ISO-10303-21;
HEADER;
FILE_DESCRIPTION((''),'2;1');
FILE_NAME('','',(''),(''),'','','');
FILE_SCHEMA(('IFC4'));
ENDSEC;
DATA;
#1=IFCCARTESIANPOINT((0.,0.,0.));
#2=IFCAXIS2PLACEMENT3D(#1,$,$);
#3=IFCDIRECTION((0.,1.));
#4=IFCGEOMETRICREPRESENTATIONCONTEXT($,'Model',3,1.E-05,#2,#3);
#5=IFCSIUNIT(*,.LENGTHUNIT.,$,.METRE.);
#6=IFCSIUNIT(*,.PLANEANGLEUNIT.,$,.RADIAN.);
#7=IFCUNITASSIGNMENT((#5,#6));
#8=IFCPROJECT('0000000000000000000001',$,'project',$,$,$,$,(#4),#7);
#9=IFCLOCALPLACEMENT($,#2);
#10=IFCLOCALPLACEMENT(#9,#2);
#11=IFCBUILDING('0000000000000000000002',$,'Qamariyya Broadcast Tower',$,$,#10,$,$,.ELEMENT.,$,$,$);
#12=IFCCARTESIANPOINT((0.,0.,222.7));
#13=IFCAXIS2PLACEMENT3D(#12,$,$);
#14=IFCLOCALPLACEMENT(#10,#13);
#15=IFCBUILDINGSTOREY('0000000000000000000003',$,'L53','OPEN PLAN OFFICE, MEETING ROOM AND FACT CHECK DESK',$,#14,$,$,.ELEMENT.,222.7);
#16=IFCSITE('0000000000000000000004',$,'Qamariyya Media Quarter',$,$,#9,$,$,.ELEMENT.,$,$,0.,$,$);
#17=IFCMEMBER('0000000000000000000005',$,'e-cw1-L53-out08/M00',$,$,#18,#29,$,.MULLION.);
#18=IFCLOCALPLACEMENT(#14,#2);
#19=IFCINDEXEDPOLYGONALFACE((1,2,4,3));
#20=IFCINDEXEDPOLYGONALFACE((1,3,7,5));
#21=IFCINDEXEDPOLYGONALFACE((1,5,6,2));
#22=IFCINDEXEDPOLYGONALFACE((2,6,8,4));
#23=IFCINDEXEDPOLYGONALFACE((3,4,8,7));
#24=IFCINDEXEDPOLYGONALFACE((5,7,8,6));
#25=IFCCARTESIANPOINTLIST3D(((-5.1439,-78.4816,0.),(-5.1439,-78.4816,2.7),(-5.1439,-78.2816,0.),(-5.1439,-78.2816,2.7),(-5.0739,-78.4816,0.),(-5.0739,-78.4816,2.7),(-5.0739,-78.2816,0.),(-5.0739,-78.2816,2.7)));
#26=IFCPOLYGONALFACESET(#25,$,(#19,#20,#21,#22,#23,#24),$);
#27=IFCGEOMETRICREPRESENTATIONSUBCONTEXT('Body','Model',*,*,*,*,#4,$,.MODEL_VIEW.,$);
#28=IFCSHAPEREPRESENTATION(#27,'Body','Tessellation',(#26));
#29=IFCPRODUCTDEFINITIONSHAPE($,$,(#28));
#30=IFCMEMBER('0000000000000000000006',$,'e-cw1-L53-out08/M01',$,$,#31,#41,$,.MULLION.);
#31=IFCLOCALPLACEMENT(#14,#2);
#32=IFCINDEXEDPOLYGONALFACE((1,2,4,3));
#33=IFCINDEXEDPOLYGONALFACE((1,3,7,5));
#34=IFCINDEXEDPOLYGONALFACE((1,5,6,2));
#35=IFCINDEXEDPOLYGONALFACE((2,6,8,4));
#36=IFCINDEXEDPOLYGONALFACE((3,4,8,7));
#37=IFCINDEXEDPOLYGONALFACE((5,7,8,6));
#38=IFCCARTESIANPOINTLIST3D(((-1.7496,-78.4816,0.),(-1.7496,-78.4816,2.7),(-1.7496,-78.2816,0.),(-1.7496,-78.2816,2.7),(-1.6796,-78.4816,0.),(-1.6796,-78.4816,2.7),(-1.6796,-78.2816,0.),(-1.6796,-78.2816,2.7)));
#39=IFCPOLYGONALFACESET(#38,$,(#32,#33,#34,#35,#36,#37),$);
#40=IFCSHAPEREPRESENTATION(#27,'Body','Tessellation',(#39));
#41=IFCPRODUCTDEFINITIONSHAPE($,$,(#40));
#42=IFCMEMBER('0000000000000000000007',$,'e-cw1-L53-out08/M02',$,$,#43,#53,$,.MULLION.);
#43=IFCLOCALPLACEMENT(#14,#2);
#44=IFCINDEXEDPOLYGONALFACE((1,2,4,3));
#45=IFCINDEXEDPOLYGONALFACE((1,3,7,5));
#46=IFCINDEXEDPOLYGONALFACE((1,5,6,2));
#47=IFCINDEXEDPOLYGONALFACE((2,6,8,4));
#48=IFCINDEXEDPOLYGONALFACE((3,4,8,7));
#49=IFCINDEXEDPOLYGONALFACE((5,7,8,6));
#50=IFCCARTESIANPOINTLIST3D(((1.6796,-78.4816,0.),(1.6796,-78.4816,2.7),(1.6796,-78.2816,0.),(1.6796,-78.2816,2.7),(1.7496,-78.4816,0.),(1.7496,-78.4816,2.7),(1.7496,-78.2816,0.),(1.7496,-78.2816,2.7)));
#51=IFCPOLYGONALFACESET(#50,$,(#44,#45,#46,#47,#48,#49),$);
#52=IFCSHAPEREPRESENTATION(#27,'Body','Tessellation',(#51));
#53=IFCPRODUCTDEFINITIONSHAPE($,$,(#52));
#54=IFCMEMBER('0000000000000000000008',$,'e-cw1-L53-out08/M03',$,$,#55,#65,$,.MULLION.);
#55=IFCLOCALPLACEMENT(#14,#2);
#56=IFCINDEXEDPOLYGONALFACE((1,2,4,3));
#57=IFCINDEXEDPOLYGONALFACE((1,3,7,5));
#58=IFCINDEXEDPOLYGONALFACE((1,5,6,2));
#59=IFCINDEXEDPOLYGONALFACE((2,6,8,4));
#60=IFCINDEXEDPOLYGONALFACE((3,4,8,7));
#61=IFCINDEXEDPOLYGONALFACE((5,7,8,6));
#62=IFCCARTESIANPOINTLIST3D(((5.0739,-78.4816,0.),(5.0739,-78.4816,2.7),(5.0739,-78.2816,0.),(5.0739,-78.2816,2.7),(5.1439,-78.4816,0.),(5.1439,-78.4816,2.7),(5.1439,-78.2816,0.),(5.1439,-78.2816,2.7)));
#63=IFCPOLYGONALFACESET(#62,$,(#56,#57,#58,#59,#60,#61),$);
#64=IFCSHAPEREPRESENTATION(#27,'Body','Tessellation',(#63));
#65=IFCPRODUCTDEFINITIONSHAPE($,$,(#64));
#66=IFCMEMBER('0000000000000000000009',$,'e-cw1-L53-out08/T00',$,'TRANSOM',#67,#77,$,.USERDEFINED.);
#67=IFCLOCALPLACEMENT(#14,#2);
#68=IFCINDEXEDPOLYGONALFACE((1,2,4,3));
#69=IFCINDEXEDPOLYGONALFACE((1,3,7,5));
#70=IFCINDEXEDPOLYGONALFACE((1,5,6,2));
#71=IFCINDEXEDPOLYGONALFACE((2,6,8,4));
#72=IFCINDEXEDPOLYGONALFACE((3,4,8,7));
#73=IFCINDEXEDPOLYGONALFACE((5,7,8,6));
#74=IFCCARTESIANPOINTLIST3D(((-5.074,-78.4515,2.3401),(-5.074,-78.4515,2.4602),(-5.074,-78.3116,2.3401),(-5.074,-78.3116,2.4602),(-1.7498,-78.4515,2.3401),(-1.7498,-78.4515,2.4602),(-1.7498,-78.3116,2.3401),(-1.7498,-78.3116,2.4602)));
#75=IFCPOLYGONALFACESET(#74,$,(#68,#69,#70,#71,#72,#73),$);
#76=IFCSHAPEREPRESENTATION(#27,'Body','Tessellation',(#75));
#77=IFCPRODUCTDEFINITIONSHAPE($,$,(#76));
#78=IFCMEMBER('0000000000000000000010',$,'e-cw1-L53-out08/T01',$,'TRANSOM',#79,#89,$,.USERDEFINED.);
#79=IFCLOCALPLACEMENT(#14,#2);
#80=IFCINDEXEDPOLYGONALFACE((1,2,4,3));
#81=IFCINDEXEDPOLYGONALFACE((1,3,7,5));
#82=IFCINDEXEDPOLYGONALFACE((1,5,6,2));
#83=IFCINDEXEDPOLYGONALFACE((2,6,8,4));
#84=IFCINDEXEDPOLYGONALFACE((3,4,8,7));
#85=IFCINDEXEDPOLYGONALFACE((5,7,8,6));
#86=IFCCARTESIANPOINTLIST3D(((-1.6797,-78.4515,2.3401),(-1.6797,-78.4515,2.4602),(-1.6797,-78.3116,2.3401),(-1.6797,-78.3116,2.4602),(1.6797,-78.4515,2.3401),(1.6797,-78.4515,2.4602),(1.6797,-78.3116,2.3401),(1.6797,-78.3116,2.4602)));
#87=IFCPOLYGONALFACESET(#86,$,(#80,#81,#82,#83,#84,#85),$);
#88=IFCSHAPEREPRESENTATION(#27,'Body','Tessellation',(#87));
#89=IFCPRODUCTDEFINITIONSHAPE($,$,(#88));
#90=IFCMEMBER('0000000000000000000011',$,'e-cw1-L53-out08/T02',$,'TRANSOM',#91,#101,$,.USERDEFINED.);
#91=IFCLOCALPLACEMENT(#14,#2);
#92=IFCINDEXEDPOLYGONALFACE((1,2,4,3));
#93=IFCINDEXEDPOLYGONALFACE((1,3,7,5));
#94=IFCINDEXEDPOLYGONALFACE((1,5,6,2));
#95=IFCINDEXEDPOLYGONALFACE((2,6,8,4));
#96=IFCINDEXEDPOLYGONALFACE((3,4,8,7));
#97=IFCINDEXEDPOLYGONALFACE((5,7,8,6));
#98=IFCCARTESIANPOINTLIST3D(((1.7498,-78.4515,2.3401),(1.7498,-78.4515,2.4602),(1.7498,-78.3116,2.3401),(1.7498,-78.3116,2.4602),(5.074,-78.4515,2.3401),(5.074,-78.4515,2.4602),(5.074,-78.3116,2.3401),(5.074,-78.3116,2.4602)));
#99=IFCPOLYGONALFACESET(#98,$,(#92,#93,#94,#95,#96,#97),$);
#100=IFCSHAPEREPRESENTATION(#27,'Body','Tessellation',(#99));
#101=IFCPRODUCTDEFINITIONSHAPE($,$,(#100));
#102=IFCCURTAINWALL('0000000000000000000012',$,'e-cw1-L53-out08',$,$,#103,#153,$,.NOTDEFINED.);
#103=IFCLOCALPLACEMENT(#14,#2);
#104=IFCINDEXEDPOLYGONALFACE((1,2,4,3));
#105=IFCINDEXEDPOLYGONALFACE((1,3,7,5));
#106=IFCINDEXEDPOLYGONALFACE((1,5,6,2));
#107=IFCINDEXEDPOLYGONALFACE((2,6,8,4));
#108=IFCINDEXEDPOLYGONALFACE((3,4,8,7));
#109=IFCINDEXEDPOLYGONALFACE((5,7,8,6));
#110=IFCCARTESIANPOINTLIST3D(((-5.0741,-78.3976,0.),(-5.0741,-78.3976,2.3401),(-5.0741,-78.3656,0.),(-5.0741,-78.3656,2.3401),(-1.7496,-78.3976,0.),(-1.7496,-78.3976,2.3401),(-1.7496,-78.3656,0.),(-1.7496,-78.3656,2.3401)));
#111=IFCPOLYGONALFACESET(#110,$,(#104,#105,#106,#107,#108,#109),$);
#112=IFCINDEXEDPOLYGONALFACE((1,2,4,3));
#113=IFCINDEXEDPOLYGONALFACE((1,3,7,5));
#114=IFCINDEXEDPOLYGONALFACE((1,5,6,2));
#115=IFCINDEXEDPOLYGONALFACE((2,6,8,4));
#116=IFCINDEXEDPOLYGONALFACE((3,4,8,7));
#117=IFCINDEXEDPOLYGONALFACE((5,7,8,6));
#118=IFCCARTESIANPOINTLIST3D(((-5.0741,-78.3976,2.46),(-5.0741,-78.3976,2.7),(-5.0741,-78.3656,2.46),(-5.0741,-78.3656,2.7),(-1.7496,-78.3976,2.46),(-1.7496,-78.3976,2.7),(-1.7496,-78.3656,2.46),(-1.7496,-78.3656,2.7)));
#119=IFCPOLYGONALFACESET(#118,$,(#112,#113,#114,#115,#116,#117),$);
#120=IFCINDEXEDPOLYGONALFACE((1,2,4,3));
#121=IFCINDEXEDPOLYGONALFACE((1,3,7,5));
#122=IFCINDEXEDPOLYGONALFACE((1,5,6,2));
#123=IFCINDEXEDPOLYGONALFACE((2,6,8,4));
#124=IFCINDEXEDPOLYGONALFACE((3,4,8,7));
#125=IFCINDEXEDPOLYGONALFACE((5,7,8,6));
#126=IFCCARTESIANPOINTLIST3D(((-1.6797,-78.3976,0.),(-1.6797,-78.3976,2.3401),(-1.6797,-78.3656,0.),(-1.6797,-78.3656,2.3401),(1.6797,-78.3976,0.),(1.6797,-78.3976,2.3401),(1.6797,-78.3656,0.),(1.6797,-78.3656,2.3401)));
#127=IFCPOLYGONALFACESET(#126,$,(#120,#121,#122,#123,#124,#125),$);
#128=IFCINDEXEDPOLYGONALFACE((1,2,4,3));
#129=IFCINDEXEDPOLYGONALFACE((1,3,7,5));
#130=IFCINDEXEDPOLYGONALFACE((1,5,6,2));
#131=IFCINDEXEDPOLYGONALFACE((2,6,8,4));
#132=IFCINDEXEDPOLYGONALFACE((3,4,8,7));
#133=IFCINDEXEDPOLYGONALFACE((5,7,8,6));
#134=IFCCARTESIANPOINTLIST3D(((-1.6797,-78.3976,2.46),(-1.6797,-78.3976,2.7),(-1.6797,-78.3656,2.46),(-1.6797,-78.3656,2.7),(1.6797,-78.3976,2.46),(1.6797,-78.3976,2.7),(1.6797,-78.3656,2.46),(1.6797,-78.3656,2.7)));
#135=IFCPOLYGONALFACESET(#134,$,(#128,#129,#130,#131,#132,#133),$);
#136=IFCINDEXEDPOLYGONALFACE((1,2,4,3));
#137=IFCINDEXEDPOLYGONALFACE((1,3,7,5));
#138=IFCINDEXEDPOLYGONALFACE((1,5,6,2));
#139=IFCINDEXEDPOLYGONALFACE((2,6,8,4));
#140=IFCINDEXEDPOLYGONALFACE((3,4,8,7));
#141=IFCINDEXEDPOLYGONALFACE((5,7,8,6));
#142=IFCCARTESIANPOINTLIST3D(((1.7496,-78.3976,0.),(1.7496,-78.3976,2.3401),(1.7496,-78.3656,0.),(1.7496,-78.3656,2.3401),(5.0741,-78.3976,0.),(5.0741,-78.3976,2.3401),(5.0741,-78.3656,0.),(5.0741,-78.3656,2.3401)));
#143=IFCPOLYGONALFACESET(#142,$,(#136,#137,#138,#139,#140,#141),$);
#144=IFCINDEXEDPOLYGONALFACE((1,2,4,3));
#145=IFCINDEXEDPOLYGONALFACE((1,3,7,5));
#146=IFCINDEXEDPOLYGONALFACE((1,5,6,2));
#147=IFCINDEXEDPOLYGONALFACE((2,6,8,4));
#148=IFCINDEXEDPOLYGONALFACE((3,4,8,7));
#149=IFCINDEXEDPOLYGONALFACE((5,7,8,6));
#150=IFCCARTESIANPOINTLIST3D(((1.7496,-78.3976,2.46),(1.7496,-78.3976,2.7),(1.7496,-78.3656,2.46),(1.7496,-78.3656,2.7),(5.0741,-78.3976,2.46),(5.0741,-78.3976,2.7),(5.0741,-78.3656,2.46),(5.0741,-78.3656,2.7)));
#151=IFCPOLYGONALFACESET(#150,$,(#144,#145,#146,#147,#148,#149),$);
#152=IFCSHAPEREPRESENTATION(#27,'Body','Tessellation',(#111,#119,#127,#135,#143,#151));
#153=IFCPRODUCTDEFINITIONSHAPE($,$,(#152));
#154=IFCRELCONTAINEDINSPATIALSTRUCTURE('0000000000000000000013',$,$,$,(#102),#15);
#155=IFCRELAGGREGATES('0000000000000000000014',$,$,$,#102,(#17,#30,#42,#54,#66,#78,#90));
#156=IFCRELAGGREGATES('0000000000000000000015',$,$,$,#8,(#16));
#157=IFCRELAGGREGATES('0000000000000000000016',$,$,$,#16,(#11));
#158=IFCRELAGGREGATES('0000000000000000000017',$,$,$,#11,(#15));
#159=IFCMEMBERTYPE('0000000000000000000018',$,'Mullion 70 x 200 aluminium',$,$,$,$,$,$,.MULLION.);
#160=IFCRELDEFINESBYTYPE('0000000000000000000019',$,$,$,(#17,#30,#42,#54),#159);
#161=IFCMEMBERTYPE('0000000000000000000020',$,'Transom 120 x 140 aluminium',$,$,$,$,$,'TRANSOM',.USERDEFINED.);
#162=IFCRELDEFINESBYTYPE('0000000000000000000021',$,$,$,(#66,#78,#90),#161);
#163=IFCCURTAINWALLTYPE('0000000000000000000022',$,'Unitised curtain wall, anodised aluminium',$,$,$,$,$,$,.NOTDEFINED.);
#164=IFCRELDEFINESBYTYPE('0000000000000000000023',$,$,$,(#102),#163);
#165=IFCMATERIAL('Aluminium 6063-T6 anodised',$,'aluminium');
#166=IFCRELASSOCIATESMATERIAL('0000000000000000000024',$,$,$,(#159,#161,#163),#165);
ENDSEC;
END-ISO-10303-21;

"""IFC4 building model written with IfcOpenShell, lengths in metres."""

from ifc_helpers import new_model, si_unit, direction, frame, origin, origin_2d, place, context, subcontext, project, spatial, rectangle, extrude, material, material_profile, profile_set, type_object, element, aggregate, save


model = new_model("IFC4")

# Units and contexts
model_context = context("Model", 3, precision=1e-05, world=origin(), true_north=direction((0.0, 1.0)))
body_context = subcontext(model_context, "Body", "Model", "MODEL_VIEW")
ifc_project = project(units=[si_unit("LENGTHUNIT", "METRE"), si_unit("PLANEANGLEUNIT", "RADIAN")], contexts=[model_context])

# Members
ifc_material = material(Name="Aluminium 6063-T6 anodised", Category="aluminium")
ifc_material_profile_1 = material_profile(ifc_material, rectangle(XDim=0.2, YDim=0.0701, at=origin_2d()))
ifc_profile_set_1 = profile_set([ifc_material_profile_1], Name="Aluminium 6063-T6 anodised")
member_type_1 = type_object("IfcMemberType", Name="Mullion 70 x 200 aluminium", PredefinedType="MULLION", material=ifc_profile_set_1)
site_placement = place(None, origin())
building_placement = place(site_placement, origin())
storey_placement = place(building_placement, frame((0.0, 0.0, 222.7)))
member_1_placement = place(storey_placement, frame((-5.1089, -78.3816, 0.0), z_axis=(0.0, 0.0, 1.0), x_axis=(0.0, 1.0, 0.0)))
member_1 = element("IfcMember", 1, at=member_1_placement, type_object=member_type_1, Name="e-cw1-L53-out08/M00", PredefinedType="MULLION", context=body_context, shape_type="SweptSolid", body=[
    extrude(rectangle(XDim=0.2, YDim=0.0701, at=origin_2d()), origin(), (0.0, 0.0, 1.0), 2.7),
])
member_2_placement = place(storey_placement, frame((-1.7146, -78.3816, 0.0), z_axis=(0.0, 0.0, 1.0), x_axis=(0.0, 1.0, 0.0)))
member_2 = element("IfcMember", 2, at=member_2_placement, type_object=member_type_1, Name="e-cw1-L53-out08/M01", PredefinedType="MULLION", context=body_context, shape_type="SweptSolid", body=[
    extrude(rectangle(XDim=0.2, YDim=0.0701, at=origin_2d()), origin(), (0.0, 0.0, 1.0), 2.7),
])
member_3_placement = place(storey_placement, frame((1.7146, -78.3816, 0.0), z_axis=(0.0, 0.0, 1.0), x_axis=(0.0, 1.0, 0.0)))
member_3 = element("IfcMember", 3, at=member_3_placement, type_object=member_type_1, Name="e-cw1-L53-out08/M02", PredefinedType="MULLION", context=body_context, shape_type="SweptSolid", body=[
    extrude(rectangle(XDim=0.2, YDim=0.0701, at=origin_2d()), origin(), (0.0, 0.0, 1.0), 2.7),
])
member_4_placement = place(storey_placement, frame((5.1089, -78.3816, 0.0), z_axis=(0.0, 0.0, 1.0), x_axis=(0.0, 1.0, 0.0)))
member_4 = element("IfcMember", 4, at=member_4_placement, type_object=member_type_1, Name="e-cw1-L53-out08/M03", PredefinedType="MULLION", context=body_context, shape_type="SweptSolid", body=[
    extrude(rectangle(XDim=0.2, YDim=0.0701, at=origin_2d()), origin(), (0.0, 0.0, 1.0), 2.7),
])
ifc_material_profile_2 = material_profile(ifc_material, rectangle(XDim=0.1399, YDim=0.1201, at=origin_2d()))
ifc_profile_set_2 = profile_set([ifc_material_profile_2], Name="Aluminium 6063-T6 anodised")
member_type_2 = type_object("IfcMemberType", Name="Transom 120 x 140 aluminium", ElementType="TRANSOM", PredefinedType="USERDEFINED", material=ifc_profile_set_2)
member_5_placement = place(storey_placement, frame((-5.074, -78.3816, 2.4001), z_axis=(1.0, 0.0, 0.0), x_axis=(0.0, 1.0, 0.0)))
member_5 = element("IfcMember", 5, at=member_5_placement, type_object=member_type_2, Name="e-cw1-L53-out08/T00", ObjectType="TRANSOM", PredefinedType="USERDEFINED", context=body_context, shape_type="SweptSolid", body=[
    extrude(rectangle(XDim=0.1399, YDim=0.1201, at=origin_2d()), origin(), (0.0, 0.0, 1.0), 3.3242),
])
member_6_placement = place(storey_placement, frame((-1.6797, -78.3816, 2.4001), z_axis=(1.0, 0.0, 0.0), x_axis=(0.0, 1.0, 0.0)))
member_6 = element("IfcMember", 6, at=member_6_placement, type_object=member_type_2, Name="e-cw1-L53-out08/T01", ObjectType="TRANSOM", PredefinedType="USERDEFINED", context=body_context, shape_type="SweptSolid", body=[
    extrude(rectangle(XDim=0.1399, YDim=0.1201, at=origin_2d()), origin(), (0.0, 0.0, 1.0), 3.3594),
])
member_7_placement = place(storey_placement, frame((1.7498, -78.3816, 2.4001), z_axis=(1.0, 0.0, 0.0), x_axis=(0.0, 1.0, 0.0)))
member_7 = element("IfcMember", 7, at=member_7_placement, type_object=member_type_2, Name="e-cw1-L53-out08/T02", ObjectType="TRANSOM", PredefinedType="USERDEFINED", context=body_context, shape_type="SweptSolid", body=[
    extrude(rectangle(XDim=0.1399, YDim=0.1201, at=origin_2d()), origin(), (0.0, 0.0, 1.0), 3.3242),
])

# Site, building, storey
site = spatial("IfcSite", under=ifc_project, at=site_placement, Name="Qamariyya Media Quarter", CompositionType="ELEMENT", RefElevation=0.0)
building = spatial("IfcBuilding", under=site, at=building_placement, Name="Qamariyya Broadcast Tower", CompositionType="ELEMENT")
storey = spatial("IfcBuildingStorey", under=building, at=storey_placement, Name="L53", Description="OPEN PLAN OFFICE, MEETING ROOM AND FACT CHECK DESK", CompositionType="ELEMENT", Elevation=222.7)

# Curtain wall
curtain_wall_type = type_object("IfcCurtainWallType", Name="Unitised curtain wall, anodised aluminium", PredefinedType="NOTDEFINED", material=ifc_material)
curtain_wall_1_placement = place(storey_placement, origin())
curtain_wall_1 = element("IfcCurtainWall", 8, at=curtain_wall_1_placement, inside=storey, type_object=curtain_wall_type, Name="e-cw1-L53-out08", PredefinedType="NOTDEFINED", context=body_context, shape_type="SweptSolid", body=[
    extrude(rectangle(XDim=3.3245, YDim=0.032, at=origin_2d()), frame((-3.4119, -78.3816, 0.0), x_axis=(1.0, 0.0, 0.0)), (0.0, 0.0, 1.0), 2.3401),
    extrude(rectangle(XDim=3.3245, YDim=0.032, at=origin_2d()), frame((-3.4119, -78.3816, 2.46), x_axis=(1.0, 0.0, 0.0)), (0.0, 0.0, 1.0), 0.24),
    extrude(rectangle(XDim=3.3594, YDim=0.032, at=origin_2d()), frame((0.0, -78.3816, 0.0), x_axis=(1.0, 0.0, 0.0)), (0.0, 0.0, 1.0), 2.3401),
    extrude(rectangle(XDim=3.3594, YDim=0.032, at=origin_2d()), frame((0.0, -78.3816, 2.46), x_axis=(1.0, 0.0, 0.0)), (0.0, 0.0, 1.0), 0.24),
    extrude(rectangle(XDim=3.3245, YDim=0.032, at=origin_2d()), frame((3.4119, -78.3816, 0.0), x_axis=(1.0, 0.0, 0.0)), (0.0, 0.0, 1.0), 2.3401),
    extrude(rectangle(XDim=3.3245, YDim=0.032, at=origin_2d()), frame((3.4119, -78.3816, 2.46), x_axis=(1.0, 0.0, 0.0)), (0.0, 0.0, 1.0), 0.24),
])
aggregate(curtain_wall_1, [member_1, member_2, member_3, member_4, member_5, member_6, member_7])

save(model, "model.ifc")
